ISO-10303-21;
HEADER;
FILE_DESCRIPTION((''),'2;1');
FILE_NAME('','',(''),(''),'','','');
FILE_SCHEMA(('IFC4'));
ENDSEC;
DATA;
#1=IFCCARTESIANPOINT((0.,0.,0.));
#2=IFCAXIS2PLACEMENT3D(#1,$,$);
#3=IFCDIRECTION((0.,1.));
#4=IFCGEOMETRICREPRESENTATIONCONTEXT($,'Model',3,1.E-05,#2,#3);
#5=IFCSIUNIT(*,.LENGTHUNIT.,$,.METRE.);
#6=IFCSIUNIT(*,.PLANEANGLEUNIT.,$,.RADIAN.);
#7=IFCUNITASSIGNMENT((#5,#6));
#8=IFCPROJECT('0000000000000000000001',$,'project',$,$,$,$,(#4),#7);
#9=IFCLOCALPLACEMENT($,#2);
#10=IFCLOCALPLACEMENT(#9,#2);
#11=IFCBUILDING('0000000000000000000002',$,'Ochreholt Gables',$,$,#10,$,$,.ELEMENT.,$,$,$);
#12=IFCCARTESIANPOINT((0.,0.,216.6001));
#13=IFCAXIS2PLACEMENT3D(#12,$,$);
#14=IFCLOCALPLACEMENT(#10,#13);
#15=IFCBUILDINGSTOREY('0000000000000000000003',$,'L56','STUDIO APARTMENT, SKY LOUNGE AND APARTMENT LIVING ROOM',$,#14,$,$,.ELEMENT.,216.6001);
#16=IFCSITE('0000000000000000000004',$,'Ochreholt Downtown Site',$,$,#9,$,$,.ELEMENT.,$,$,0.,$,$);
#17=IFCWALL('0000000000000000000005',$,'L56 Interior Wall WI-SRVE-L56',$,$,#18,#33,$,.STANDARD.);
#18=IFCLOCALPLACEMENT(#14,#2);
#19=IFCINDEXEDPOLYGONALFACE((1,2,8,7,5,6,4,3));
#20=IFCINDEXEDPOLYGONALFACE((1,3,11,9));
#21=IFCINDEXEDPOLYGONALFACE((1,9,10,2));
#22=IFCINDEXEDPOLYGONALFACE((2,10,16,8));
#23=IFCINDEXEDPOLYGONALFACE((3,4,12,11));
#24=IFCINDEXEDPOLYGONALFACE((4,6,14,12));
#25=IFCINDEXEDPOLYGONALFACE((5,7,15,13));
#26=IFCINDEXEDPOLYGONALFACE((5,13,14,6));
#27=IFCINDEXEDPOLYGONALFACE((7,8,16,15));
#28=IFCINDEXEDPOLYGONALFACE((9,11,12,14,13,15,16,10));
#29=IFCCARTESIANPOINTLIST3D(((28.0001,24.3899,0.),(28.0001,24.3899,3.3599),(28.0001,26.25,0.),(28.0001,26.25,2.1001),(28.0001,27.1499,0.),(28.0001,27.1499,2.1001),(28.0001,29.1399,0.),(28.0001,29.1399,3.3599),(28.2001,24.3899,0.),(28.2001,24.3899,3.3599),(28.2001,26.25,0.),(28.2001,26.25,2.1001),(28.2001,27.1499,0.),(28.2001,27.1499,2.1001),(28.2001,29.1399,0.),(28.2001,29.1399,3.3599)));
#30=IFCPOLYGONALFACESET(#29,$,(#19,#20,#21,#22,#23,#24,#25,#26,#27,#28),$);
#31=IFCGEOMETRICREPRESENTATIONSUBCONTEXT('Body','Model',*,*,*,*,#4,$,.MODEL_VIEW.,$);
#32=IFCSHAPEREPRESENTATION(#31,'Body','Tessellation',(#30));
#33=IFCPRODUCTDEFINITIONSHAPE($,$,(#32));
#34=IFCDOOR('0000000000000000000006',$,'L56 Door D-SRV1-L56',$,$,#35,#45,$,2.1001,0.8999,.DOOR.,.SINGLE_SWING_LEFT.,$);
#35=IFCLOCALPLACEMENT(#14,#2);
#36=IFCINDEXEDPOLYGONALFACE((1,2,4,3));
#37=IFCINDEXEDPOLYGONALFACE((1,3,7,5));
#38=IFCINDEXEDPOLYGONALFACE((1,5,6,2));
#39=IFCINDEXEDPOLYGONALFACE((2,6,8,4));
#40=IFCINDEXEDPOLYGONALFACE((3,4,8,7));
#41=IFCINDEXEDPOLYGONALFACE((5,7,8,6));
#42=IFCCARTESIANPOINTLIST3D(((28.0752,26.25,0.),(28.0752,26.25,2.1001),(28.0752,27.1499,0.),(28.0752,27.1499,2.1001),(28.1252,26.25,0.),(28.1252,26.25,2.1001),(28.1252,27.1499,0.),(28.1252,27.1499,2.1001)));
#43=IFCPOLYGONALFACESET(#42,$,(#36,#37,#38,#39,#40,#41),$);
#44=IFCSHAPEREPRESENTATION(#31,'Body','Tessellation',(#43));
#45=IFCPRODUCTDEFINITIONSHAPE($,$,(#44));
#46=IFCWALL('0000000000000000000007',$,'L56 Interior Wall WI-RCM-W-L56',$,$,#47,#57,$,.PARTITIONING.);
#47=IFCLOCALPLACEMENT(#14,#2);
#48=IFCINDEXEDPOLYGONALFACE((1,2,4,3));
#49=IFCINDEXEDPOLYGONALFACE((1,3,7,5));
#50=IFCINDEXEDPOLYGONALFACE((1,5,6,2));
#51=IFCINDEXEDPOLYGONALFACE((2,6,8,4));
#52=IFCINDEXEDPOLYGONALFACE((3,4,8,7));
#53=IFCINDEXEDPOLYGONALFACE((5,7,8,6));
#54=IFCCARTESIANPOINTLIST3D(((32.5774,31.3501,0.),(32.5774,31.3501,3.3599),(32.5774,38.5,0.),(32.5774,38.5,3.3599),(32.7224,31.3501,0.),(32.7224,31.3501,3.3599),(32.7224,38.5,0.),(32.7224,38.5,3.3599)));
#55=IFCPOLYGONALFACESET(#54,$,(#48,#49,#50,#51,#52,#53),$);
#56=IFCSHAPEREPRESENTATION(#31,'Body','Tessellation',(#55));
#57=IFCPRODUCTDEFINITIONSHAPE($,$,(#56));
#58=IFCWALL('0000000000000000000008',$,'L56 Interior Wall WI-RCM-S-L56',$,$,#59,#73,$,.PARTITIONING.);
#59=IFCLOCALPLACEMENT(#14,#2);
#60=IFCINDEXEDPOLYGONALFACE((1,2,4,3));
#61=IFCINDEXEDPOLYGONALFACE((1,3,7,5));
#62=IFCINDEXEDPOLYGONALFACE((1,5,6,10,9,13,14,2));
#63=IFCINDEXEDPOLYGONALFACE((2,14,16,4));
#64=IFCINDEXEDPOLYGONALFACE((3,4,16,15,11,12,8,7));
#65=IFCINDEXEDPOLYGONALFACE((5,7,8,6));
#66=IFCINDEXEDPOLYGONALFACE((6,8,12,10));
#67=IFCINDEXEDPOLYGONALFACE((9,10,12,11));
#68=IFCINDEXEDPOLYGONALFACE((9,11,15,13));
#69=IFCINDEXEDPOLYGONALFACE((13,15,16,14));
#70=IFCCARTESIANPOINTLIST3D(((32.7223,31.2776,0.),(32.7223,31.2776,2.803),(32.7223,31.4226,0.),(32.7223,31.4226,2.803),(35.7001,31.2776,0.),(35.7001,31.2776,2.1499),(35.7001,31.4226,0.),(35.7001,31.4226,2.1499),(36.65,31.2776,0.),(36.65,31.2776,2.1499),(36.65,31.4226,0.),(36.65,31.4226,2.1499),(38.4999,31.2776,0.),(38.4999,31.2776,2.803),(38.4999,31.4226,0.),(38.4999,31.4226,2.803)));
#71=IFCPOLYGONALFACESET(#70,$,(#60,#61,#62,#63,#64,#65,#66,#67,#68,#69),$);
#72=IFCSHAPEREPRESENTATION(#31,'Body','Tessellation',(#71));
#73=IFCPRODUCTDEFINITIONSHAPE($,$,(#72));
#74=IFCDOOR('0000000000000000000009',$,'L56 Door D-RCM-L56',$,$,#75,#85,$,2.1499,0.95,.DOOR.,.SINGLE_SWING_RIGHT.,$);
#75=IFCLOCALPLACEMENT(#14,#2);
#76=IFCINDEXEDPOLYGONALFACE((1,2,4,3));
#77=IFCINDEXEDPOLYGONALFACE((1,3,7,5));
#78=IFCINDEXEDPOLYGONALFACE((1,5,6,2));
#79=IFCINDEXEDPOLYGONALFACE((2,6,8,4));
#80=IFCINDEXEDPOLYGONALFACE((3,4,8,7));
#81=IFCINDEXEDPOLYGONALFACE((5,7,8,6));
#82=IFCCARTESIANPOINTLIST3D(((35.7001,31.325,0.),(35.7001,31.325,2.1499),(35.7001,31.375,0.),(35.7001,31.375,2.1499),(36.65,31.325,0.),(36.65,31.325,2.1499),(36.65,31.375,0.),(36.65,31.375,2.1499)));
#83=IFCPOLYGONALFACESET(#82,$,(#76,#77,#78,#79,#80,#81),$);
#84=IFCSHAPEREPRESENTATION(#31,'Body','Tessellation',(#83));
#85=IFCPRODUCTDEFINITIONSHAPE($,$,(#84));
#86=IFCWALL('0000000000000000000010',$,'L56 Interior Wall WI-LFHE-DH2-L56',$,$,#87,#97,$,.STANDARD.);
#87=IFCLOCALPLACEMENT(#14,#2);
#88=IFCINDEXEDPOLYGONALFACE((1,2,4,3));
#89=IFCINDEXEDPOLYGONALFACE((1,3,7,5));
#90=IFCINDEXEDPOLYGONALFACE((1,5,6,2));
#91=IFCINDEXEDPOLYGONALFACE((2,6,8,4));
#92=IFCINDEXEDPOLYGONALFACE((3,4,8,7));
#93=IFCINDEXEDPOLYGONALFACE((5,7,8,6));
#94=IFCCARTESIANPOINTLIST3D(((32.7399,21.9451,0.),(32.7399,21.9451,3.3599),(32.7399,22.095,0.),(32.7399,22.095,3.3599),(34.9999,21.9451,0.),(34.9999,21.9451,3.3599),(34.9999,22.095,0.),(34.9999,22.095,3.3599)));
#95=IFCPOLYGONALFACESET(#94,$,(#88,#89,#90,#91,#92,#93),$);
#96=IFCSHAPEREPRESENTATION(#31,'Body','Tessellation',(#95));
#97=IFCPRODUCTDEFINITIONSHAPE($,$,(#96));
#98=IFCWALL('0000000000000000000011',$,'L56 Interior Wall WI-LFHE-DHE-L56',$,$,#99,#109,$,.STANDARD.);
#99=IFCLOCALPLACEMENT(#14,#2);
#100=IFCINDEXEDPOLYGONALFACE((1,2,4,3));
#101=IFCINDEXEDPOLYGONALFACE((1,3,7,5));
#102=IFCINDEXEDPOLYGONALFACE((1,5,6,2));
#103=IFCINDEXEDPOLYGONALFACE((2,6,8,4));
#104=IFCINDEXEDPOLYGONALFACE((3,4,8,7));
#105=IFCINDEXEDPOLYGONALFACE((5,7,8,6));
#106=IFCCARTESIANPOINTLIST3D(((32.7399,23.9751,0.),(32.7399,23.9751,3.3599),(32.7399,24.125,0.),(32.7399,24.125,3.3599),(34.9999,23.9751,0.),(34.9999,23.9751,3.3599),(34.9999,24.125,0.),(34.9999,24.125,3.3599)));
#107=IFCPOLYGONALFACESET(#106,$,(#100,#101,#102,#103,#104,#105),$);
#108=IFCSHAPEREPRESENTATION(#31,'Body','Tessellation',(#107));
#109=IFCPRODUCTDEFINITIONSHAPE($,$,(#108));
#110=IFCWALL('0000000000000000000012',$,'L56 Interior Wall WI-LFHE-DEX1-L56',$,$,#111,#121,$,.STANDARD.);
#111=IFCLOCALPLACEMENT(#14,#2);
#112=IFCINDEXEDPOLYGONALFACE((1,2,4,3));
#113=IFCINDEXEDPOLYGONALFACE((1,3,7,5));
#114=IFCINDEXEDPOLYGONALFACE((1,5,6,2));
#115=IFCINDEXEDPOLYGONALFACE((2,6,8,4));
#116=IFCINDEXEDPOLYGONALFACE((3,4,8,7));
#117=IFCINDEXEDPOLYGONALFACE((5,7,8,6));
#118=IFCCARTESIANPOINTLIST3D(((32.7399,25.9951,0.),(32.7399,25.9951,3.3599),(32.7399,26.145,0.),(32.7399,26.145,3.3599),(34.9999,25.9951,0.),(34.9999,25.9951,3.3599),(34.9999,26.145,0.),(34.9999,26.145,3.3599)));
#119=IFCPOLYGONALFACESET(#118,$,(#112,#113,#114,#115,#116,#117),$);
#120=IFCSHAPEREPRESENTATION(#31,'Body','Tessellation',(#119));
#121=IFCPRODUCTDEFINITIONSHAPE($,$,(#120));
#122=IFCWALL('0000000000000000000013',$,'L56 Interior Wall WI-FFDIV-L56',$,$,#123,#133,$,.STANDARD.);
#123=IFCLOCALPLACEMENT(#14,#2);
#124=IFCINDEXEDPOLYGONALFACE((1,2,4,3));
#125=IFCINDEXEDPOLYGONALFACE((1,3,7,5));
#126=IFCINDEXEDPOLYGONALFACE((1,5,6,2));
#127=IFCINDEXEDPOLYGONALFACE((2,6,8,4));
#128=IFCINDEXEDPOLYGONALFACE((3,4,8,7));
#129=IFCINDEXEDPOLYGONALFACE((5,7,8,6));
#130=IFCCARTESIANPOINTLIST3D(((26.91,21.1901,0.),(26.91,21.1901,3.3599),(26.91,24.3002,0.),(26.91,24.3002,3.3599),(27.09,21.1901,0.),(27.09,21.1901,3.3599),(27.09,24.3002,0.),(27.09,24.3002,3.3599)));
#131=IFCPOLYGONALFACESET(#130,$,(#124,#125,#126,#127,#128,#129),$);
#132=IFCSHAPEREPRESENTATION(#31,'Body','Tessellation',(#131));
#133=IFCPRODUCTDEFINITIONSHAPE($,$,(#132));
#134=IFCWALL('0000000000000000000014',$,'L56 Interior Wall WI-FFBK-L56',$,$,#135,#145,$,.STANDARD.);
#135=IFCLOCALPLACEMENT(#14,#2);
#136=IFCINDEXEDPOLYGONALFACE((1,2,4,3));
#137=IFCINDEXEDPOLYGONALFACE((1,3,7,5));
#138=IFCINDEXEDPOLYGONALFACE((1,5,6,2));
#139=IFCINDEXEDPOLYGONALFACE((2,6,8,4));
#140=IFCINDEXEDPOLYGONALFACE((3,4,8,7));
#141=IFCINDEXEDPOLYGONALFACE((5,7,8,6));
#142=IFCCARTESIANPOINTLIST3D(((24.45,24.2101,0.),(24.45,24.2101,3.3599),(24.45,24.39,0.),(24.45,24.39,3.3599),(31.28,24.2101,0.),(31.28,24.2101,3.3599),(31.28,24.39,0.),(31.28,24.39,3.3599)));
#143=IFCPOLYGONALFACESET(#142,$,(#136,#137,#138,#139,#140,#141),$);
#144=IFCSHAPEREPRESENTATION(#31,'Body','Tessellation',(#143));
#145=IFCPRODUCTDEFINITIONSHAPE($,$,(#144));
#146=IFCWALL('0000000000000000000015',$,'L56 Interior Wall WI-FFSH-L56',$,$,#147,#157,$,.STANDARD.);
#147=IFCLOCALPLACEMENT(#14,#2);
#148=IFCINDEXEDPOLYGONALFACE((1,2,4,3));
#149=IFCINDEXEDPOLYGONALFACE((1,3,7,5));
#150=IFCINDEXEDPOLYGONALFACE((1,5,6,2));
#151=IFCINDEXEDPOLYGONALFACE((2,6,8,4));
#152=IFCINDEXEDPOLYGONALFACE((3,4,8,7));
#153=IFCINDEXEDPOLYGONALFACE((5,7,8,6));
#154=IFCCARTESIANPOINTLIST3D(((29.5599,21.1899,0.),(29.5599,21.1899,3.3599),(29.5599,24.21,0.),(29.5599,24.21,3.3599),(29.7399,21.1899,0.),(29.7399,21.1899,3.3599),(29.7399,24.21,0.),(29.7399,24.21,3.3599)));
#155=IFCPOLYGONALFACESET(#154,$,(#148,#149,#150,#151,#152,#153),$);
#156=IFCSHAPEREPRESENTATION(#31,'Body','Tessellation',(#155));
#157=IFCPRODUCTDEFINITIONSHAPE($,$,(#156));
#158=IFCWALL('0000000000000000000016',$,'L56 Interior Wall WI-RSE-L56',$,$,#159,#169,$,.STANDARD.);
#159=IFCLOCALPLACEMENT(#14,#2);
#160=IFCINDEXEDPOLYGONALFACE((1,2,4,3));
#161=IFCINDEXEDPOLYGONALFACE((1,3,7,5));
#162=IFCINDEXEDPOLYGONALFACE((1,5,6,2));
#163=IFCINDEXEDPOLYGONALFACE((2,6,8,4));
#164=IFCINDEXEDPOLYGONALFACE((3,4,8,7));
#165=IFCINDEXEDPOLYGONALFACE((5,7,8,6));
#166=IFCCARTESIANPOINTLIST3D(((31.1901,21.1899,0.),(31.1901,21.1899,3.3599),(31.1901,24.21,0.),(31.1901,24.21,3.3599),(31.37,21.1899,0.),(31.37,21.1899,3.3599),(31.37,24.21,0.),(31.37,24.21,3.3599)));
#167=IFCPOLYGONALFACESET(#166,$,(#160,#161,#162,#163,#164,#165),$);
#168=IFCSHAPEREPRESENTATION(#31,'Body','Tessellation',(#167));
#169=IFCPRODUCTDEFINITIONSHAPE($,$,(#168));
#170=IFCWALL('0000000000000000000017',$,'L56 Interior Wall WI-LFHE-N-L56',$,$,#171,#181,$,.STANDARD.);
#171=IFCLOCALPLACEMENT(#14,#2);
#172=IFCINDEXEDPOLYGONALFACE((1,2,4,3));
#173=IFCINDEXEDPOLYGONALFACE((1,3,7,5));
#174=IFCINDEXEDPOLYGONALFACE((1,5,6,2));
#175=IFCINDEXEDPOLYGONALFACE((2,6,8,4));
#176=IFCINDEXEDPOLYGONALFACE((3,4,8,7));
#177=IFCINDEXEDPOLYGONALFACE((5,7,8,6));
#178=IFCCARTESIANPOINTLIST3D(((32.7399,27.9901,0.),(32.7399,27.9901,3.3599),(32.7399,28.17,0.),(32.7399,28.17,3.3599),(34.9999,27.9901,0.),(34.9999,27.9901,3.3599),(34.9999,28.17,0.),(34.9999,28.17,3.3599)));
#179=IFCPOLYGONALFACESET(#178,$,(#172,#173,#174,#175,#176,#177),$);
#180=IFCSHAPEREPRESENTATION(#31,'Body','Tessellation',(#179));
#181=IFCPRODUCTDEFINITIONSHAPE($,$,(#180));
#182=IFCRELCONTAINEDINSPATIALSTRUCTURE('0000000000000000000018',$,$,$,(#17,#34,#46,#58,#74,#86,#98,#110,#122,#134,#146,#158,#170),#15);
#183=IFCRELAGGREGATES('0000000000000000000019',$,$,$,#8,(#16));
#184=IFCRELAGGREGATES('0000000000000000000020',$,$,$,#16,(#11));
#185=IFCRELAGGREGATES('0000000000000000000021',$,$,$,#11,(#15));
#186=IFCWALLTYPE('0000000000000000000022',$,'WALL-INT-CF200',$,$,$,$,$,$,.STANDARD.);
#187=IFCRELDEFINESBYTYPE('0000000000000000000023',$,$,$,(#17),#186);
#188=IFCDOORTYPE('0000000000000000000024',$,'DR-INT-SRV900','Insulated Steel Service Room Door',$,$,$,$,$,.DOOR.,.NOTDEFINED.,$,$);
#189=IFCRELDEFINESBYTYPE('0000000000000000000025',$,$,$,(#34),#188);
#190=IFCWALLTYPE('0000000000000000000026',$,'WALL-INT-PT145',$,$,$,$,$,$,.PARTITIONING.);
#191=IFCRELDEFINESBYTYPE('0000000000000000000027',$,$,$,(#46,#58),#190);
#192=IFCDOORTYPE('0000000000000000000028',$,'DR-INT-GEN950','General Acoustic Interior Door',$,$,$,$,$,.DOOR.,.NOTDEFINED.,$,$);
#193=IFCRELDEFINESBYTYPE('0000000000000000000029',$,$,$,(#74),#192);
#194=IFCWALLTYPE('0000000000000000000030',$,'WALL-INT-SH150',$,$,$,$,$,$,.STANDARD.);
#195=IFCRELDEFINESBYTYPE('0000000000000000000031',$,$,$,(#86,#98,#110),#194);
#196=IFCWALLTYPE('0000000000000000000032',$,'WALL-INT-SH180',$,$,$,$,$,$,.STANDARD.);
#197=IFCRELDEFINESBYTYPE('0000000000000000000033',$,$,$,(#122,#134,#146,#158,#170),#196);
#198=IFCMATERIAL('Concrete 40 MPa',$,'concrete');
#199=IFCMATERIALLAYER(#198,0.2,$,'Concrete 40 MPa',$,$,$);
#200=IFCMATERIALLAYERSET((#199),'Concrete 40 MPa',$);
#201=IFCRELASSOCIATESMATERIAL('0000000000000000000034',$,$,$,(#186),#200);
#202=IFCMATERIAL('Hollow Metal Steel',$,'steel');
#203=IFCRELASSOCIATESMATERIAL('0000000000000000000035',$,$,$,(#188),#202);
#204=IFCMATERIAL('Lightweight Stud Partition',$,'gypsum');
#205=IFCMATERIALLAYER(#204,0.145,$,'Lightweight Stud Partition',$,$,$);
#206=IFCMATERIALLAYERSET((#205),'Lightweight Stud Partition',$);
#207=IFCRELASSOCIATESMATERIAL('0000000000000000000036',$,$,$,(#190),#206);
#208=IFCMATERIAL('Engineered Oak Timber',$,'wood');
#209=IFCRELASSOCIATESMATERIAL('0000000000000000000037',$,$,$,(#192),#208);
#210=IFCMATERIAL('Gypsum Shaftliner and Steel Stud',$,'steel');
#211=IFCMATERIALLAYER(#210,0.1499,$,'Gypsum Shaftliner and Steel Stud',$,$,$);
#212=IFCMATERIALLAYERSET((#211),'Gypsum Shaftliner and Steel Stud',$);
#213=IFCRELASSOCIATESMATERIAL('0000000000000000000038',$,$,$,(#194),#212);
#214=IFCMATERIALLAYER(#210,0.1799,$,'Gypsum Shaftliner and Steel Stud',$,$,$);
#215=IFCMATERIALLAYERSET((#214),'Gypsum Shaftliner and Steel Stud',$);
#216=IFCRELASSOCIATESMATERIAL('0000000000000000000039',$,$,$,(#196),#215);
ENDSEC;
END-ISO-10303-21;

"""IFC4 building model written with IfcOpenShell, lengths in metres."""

from ifc_helpers import new_model, si_unit, direction, frame, frame_2d, origin, place, context, subcontext, project, spatial, rectangle, extrude, material, layer, layer_set, type_object, element, fill, save


model = new_model("IFC4")

# Units and contexts
model_context = context("Model", 3, precision=1e-05, world=origin(), true_north=direction((0.0, 1.0)))
body_context = subcontext(model_context, "Body", "Model", "MODEL_VIEW")
ifc_project = project(units=[si_unit("LENGTHUNIT", "METRE"), si_unit("PLANEANGLEUNIT", "RADIAN")], contexts=[model_context])

# Site, building, storey
site_placement = place(None, origin())
site = spatial("IfcSite", under=ifc_project, at=site_placement, Name="Ochreholt Downtown Site", CompositionType="ELEMENT", RefElevation=0.0)
building_placement = place(site_placement, origin())
building = spatial("IfcBuilding", under=site, at=building_placement, Name="Ochreholt Gables", CompositionType="ELEMENT")
storey_placement = place(building_placement, frame((0.0, 0.0, 216.6001)))
storey = spatial("IfcBuildingStorey", under=building, at=storey_placement, Name="L56", Description="STUDIO APARTMENT, SKY LOUNGE AND APARTMENT LIVING ROOM", CompositionType="ELEMENT", Elevation=216.6001)

# Shared definitions
ifc_material_1 = material(Name="Concrete 40 MPa", Category="concrete")
ifc_layer_1 = layer(ifc_material_1, 0.2, Name="Concrete 40 MPa")
ifc_layer_set_1 = layer_set([ifc_layer_1], Name="Concrete 40 MPa")
wall_type_1 = type_object("IfcWallType", Name="WALL-INT-CF200", PredefinedType="STANDARD", material=ifc_layer_set_1)

# Wall, opening, door
wall_1_placement = place(storey_placement, frame((28.1001, 24.3899, 0.0), z_axis=(0.0, 0.0, 1.0), x_axis=(0.0, 1.0, 0.0)))
wall_1 = element("IfcWall", 1, at=wall_1_placement, inside=storey, type_object=wall_type_1, Name="L56 Interior Wall WI-SRVE-L56", PredefinedType="STANDARD", context=body_context, shape_type="SweptSolid", body=[
    extrude(rectangle(XDim=4.75, YDim=0.2, at=frame_2d((2.375, 0.0))), origin(), (0.0, 0.0, 1.0), 3.3599),
])
opening_1_placement = place(wall_1_placement, frame((1.8601, 0.0, 0.0)))
opening_1 = element("IfcOpeningElement", 2, at=opening_1_placement, cuts=wall_1, PredefinedType="OPENING", context=body_context, shape_type="SweptSolid", body=[
    extrude(rectangle(XDim=0.8999, YDim=2.1001, at=frame_2d((0.45, 1.05))), frame((0.0, 0.1099, 0.0), z_axis=(0.0, -1.0, 0.0), x_axis=(1.0, 0.0, 0.0)), (0.0, 0.0, 1.0), 0.22),
])
ifc_material_2 = material(Name="Hollow Metal Steel", Category="steel")
door_type_1 = type_object("IfcDoorType", Name="DR-INT-SRV900", Description="Insulated Steel Service Room Door", OperationType="NOTDEFINED", PredefinedType="DOOR", material=ifc_material_2)
door_1_placement = place(opening_1_placement, origin())
door_1 = element("IfcDoor", 3, at=door_1_placement, inside=storey, type_object=door_type_1, Name="L56 Door D-SRV1-L56", OperationType="SINGLE_SWING_LEFT", OverallHeight=2.1001, OverallWidth=0.8999, PredefinedType="DOOR", context=body_context, shape_type="SweptSolid", body=[
    extrude(rectangle(XDim=0.8999, YDim=2.1001, at=frame_2d((0.45, 1.05))), frame((0.0, 0.0249, 0.0), z_axis=(0.0, -1.0, 0.0), x_axis=(1.0, 0.0, 0.0)), (0.0, 0.0, 1.0), 0.05),
])
fill(opening_1, door_1)

# Wall
ifc_material_3 = material(Name="Lightweight Stud Partition", Category="gypsum")
ifc_layer_2 = layer(ifc_material_3, 0.145, Name="Lightweight Stud Partition")
ifc_layer_set_2 = layer_set([ifc_layer_2], Name="Lightweight Stud Partition")
wall_type_2 = type_object("IfcWallType", Name="WALL-INT-PT145", PredefinedType="PARTITIONING", material=ifc_layer_set_2)
wall_2_placement = place(storey_placement, frame((32.6499, 31.3501, 0.0), z_axis=(0.0, 0.0, 1.0), x_axis=(0.0, 1.0, 0.0)))
element("IfcWall", 4, at=wall_2_placement, inside=storey, type_object=wall_type_2, Name="L56 Interior Wall WI-RCM-W-L56", PredefinedType="PARTITIONING", context=body_context, shape_type="SweptSolid", body=[
    extrude(rectangle(XDim=7.1499, YDim=0.145, at=frame_2d((3.575, 0.0))), origin(), (0.0, 0.0, 1.0), 3.3599),
])

# Wall, opening, door
wall_3_placement = place(storey_placement, frame((32.7224, 31.3501, 0.0), z_axis=(0.0, 0.0, 1.0), x_axis=(1.0, 0.0, 0.0)))
wall_3 = element("IfcWall", 5, at=wall_3_placement, inside=storey, type_object=wall_type_2, Name="L56 Interior Wall WI-RCM-S-L56", PredefinedType="PARTITIONING", context=body_context, shape_type="SweptSolid", body=[
    extrude(rectangle(XDim=5.7776, YDim=0.145, at=frame_2d((2.8887, 0.0))), origin(), (0.0, 0.0, 1.0), 2.803),
])
opening_2_placement = place(wall_3_placement, frame((2.9775, 0.0, 0.0)))
opening_2 = element("IfcOpeningElement", 6, at=opening_2_placement, cuts=wall_3, PredefinedType="OPENING", context=body_context, shape_type="SweptSolid", body=[
    extrude(rectangle(XDim=0.95, YDim=2.1499, at=frame_2d((0.4751, 1.075))), frame((0.0, 0.0825, 0.0), z_axis=(0.0, -1.0, 0.0), x_axis=(1.0, 0.0, 0.0)), (0.0, 0.0, 1.0), 0.165),
])
ifc_material_4 = material(Name="Engineered Oak Timber", Category="wood")
door_type_2 = type_object("IfcDoorType", Name="DR-INT-GEN950", Description="General Acoustic Interior Door", OperationType="NOTDEFINED", PredefinedType="DOOR", material=ifc_material_4)
door_2_placement = place(opening_2_placement, origin())
door_2 = element("IfcDoor", 7, at=door_2_placement, inside=storey, type_object=door_type_2, Name="L56 Door D-RCM-L56", OperationType="SINGLE_SWING_RIGHT", OverallHeight=2.1499, OverallWidth=0.95, PredefinedType="DOOR", context=body_context, shape_type="SweptSolid", body=[
    extrude(rectangle(XDim=0.95, YDim=2.1499, at=frame_2d((0.4751, 1.075))), frame((0.0, 0.0249, 0.0), z_axis=(0.0, -1.0, 0.0), x_axis=(1.0, 0.0, 0.0)), (0.0, 0.0, 1.0), 0.05),
])
fill(opening_2, door_2)

# Walls
ifc_material_5 = material(Name="Gypsum Shaftliner and Steel Stud", Category="steel")
ifc_layer_3 = layer(ifc_material_5, 0.1499, Name="Gypsum Shaftliner and Steel Stud")
ifc_layer_set_3 = layer_set([ifc_layer_3], Name="Gypsum Shaftliner and Steel Stud")
wall_type_3 = type_object("IfcWallType", Name="WALL-INT-SH150", PredefinedType="STANDARD", material=ifc_layer_set_3)
for number, where, z_axis, x_axis, name in (
    (8, (32.74, 22.02, 0.0), (0.0, 0.0, 1.0), (1.0, 0.0, 0.0), "L56 Interior Wall WI-LFHE-DH2-L56"),
    (9, (32.74, 24.05, 0.0), (0.0, 0.0, 1.0), (1.0, 0.0, 0.0), "L56 Interior Wall WI-LFHE-DHE-L56"),
    (10, (32.74, 26.0701, 0.0), (0.0, 0.0, 1.0), (1.0, 0.0, 0.0), "L56 Interior Wall WI-LFHE-DEX1-L56"),
):
    element("IfcWall", number, at=place(storey_placement, frame(where, z_axis=z_axis, x_axis=x_axis)), inside=storey, type_object=wall_type_3, Name=name, PredefinedType="STANDARD", context=body_context, shape_type="SweptSolid", body=[
        extrude(rectangle(XDim=2.26, YDim=0.1499, at=frame_2d((1.1299, 0.0))), origin(), (0.0, 0.0, 1.0), 3.3599),
    ])
ifc_layer_4 = layer(ifc_material_5, 0.1799, Name="Gypsum Shaftliner and Steel Stud")
ifc_layer_set_4 = layer_set([ifc_layer_4], Name="Gypsum Shaftliner and Steel Stud")
wall_type_4 = type_object("IfcWallType", Name="WALL-INT-SH180", PredefinedType="STANDARD", material=ifc_layer_set_4)
wall_4_placement = place(storey_placement, frame((27.0, 21.1899, 0.0), z_axis=(0.0, 0.0, 1.0), x_axis=(0.0, 1.0, 0.0)))
element("IfcWall", 11, at=wall_4_placement, inside=storey, type_object=wall_type_4, Name="L56 Interior Wall WI-FFDIV-L56", PredefinedType="STANDARD", context=body_context, shape_type="SweptSolid", body=[
    extrude(rectangle(XDim=3.1101, YDim=0.1799, at=frame_2d((1.5552, 0.0))), origin(), (0.0, 0.0, 1.0), 3.3599),
])
wall_5_placement = place(storey_placement, frame((24.45, 24.3, 0.0), z_axis=(0.0, 0.0, 1.0), x_axis=(1.0, 0.0, 0.0)))
element("IfcWall", 12, at=wall_5_placement, inside=storey, type_object=wall_type_4, Name="L56 Interior Wall WI-FFBK-L56", PredefinedType="STANDARD", context=body_context, shape_type="SweptSolid", body=[
    extrude(rectangle(XDim=6.8301, YDim=0.1799, at=frame_2d((3.415, 0.0))), origin(), (0.0, 0.0, 1.0), 3.3599),
])
for number, where, z_axis, x_axis, name in (
    (13, (29.6499, 21.1899, 0.0), (0.0, 0.0, 1.0), (0.0, 1.0, 0.0), "L56 Interior Wall WI-FFSH-L56"),
    (14, (31.28, 21.1899, 0.0), (0.0, 0.0, 1.0), (0.0, 1.0, 0.0), "L56 Interior Wall WI-RSE-L56"),
):
    element("IfcWall", number, at=place(storey_placement, frame(where, z_axis=z_axis, x_axis=x_axis)), inside=storey, type_object=wall_type_4, Name=name, PredefinedType="STANDARD", context=body_context, shape_type="SweptSolid", body=[
        extrude(rectangle(XDim=3.02, YDim=0.1799, at=frame_2d((1.51, 0.0))), origin(), (0.0, 0.0, 1.0), 3.3599),
    ])
wall_6_placement = place(storey_placement, frame((32.74, 28.0801, 0.0), z_axis=(0.0, 0.0, 1.0), x_axis=(1.0, 0.0, 0.0)))
element("IfcWall", 15, at=wall_6_placement, inside=storey, type_object=wall_type_4, Name="L56 Interior Wall WI-LFHE-N-L56", PredefinedType="STANDARD", context=body_context, shape_type="SweptSolid", body=[
    extrude(rectangle(XDim=2.26, YDim=0.1799, at=frame_2d((1.1299, 0.0))), origin(), (0.0, 0.0, 1.0), 3.3599),
])

save(model, "model.ifc")
